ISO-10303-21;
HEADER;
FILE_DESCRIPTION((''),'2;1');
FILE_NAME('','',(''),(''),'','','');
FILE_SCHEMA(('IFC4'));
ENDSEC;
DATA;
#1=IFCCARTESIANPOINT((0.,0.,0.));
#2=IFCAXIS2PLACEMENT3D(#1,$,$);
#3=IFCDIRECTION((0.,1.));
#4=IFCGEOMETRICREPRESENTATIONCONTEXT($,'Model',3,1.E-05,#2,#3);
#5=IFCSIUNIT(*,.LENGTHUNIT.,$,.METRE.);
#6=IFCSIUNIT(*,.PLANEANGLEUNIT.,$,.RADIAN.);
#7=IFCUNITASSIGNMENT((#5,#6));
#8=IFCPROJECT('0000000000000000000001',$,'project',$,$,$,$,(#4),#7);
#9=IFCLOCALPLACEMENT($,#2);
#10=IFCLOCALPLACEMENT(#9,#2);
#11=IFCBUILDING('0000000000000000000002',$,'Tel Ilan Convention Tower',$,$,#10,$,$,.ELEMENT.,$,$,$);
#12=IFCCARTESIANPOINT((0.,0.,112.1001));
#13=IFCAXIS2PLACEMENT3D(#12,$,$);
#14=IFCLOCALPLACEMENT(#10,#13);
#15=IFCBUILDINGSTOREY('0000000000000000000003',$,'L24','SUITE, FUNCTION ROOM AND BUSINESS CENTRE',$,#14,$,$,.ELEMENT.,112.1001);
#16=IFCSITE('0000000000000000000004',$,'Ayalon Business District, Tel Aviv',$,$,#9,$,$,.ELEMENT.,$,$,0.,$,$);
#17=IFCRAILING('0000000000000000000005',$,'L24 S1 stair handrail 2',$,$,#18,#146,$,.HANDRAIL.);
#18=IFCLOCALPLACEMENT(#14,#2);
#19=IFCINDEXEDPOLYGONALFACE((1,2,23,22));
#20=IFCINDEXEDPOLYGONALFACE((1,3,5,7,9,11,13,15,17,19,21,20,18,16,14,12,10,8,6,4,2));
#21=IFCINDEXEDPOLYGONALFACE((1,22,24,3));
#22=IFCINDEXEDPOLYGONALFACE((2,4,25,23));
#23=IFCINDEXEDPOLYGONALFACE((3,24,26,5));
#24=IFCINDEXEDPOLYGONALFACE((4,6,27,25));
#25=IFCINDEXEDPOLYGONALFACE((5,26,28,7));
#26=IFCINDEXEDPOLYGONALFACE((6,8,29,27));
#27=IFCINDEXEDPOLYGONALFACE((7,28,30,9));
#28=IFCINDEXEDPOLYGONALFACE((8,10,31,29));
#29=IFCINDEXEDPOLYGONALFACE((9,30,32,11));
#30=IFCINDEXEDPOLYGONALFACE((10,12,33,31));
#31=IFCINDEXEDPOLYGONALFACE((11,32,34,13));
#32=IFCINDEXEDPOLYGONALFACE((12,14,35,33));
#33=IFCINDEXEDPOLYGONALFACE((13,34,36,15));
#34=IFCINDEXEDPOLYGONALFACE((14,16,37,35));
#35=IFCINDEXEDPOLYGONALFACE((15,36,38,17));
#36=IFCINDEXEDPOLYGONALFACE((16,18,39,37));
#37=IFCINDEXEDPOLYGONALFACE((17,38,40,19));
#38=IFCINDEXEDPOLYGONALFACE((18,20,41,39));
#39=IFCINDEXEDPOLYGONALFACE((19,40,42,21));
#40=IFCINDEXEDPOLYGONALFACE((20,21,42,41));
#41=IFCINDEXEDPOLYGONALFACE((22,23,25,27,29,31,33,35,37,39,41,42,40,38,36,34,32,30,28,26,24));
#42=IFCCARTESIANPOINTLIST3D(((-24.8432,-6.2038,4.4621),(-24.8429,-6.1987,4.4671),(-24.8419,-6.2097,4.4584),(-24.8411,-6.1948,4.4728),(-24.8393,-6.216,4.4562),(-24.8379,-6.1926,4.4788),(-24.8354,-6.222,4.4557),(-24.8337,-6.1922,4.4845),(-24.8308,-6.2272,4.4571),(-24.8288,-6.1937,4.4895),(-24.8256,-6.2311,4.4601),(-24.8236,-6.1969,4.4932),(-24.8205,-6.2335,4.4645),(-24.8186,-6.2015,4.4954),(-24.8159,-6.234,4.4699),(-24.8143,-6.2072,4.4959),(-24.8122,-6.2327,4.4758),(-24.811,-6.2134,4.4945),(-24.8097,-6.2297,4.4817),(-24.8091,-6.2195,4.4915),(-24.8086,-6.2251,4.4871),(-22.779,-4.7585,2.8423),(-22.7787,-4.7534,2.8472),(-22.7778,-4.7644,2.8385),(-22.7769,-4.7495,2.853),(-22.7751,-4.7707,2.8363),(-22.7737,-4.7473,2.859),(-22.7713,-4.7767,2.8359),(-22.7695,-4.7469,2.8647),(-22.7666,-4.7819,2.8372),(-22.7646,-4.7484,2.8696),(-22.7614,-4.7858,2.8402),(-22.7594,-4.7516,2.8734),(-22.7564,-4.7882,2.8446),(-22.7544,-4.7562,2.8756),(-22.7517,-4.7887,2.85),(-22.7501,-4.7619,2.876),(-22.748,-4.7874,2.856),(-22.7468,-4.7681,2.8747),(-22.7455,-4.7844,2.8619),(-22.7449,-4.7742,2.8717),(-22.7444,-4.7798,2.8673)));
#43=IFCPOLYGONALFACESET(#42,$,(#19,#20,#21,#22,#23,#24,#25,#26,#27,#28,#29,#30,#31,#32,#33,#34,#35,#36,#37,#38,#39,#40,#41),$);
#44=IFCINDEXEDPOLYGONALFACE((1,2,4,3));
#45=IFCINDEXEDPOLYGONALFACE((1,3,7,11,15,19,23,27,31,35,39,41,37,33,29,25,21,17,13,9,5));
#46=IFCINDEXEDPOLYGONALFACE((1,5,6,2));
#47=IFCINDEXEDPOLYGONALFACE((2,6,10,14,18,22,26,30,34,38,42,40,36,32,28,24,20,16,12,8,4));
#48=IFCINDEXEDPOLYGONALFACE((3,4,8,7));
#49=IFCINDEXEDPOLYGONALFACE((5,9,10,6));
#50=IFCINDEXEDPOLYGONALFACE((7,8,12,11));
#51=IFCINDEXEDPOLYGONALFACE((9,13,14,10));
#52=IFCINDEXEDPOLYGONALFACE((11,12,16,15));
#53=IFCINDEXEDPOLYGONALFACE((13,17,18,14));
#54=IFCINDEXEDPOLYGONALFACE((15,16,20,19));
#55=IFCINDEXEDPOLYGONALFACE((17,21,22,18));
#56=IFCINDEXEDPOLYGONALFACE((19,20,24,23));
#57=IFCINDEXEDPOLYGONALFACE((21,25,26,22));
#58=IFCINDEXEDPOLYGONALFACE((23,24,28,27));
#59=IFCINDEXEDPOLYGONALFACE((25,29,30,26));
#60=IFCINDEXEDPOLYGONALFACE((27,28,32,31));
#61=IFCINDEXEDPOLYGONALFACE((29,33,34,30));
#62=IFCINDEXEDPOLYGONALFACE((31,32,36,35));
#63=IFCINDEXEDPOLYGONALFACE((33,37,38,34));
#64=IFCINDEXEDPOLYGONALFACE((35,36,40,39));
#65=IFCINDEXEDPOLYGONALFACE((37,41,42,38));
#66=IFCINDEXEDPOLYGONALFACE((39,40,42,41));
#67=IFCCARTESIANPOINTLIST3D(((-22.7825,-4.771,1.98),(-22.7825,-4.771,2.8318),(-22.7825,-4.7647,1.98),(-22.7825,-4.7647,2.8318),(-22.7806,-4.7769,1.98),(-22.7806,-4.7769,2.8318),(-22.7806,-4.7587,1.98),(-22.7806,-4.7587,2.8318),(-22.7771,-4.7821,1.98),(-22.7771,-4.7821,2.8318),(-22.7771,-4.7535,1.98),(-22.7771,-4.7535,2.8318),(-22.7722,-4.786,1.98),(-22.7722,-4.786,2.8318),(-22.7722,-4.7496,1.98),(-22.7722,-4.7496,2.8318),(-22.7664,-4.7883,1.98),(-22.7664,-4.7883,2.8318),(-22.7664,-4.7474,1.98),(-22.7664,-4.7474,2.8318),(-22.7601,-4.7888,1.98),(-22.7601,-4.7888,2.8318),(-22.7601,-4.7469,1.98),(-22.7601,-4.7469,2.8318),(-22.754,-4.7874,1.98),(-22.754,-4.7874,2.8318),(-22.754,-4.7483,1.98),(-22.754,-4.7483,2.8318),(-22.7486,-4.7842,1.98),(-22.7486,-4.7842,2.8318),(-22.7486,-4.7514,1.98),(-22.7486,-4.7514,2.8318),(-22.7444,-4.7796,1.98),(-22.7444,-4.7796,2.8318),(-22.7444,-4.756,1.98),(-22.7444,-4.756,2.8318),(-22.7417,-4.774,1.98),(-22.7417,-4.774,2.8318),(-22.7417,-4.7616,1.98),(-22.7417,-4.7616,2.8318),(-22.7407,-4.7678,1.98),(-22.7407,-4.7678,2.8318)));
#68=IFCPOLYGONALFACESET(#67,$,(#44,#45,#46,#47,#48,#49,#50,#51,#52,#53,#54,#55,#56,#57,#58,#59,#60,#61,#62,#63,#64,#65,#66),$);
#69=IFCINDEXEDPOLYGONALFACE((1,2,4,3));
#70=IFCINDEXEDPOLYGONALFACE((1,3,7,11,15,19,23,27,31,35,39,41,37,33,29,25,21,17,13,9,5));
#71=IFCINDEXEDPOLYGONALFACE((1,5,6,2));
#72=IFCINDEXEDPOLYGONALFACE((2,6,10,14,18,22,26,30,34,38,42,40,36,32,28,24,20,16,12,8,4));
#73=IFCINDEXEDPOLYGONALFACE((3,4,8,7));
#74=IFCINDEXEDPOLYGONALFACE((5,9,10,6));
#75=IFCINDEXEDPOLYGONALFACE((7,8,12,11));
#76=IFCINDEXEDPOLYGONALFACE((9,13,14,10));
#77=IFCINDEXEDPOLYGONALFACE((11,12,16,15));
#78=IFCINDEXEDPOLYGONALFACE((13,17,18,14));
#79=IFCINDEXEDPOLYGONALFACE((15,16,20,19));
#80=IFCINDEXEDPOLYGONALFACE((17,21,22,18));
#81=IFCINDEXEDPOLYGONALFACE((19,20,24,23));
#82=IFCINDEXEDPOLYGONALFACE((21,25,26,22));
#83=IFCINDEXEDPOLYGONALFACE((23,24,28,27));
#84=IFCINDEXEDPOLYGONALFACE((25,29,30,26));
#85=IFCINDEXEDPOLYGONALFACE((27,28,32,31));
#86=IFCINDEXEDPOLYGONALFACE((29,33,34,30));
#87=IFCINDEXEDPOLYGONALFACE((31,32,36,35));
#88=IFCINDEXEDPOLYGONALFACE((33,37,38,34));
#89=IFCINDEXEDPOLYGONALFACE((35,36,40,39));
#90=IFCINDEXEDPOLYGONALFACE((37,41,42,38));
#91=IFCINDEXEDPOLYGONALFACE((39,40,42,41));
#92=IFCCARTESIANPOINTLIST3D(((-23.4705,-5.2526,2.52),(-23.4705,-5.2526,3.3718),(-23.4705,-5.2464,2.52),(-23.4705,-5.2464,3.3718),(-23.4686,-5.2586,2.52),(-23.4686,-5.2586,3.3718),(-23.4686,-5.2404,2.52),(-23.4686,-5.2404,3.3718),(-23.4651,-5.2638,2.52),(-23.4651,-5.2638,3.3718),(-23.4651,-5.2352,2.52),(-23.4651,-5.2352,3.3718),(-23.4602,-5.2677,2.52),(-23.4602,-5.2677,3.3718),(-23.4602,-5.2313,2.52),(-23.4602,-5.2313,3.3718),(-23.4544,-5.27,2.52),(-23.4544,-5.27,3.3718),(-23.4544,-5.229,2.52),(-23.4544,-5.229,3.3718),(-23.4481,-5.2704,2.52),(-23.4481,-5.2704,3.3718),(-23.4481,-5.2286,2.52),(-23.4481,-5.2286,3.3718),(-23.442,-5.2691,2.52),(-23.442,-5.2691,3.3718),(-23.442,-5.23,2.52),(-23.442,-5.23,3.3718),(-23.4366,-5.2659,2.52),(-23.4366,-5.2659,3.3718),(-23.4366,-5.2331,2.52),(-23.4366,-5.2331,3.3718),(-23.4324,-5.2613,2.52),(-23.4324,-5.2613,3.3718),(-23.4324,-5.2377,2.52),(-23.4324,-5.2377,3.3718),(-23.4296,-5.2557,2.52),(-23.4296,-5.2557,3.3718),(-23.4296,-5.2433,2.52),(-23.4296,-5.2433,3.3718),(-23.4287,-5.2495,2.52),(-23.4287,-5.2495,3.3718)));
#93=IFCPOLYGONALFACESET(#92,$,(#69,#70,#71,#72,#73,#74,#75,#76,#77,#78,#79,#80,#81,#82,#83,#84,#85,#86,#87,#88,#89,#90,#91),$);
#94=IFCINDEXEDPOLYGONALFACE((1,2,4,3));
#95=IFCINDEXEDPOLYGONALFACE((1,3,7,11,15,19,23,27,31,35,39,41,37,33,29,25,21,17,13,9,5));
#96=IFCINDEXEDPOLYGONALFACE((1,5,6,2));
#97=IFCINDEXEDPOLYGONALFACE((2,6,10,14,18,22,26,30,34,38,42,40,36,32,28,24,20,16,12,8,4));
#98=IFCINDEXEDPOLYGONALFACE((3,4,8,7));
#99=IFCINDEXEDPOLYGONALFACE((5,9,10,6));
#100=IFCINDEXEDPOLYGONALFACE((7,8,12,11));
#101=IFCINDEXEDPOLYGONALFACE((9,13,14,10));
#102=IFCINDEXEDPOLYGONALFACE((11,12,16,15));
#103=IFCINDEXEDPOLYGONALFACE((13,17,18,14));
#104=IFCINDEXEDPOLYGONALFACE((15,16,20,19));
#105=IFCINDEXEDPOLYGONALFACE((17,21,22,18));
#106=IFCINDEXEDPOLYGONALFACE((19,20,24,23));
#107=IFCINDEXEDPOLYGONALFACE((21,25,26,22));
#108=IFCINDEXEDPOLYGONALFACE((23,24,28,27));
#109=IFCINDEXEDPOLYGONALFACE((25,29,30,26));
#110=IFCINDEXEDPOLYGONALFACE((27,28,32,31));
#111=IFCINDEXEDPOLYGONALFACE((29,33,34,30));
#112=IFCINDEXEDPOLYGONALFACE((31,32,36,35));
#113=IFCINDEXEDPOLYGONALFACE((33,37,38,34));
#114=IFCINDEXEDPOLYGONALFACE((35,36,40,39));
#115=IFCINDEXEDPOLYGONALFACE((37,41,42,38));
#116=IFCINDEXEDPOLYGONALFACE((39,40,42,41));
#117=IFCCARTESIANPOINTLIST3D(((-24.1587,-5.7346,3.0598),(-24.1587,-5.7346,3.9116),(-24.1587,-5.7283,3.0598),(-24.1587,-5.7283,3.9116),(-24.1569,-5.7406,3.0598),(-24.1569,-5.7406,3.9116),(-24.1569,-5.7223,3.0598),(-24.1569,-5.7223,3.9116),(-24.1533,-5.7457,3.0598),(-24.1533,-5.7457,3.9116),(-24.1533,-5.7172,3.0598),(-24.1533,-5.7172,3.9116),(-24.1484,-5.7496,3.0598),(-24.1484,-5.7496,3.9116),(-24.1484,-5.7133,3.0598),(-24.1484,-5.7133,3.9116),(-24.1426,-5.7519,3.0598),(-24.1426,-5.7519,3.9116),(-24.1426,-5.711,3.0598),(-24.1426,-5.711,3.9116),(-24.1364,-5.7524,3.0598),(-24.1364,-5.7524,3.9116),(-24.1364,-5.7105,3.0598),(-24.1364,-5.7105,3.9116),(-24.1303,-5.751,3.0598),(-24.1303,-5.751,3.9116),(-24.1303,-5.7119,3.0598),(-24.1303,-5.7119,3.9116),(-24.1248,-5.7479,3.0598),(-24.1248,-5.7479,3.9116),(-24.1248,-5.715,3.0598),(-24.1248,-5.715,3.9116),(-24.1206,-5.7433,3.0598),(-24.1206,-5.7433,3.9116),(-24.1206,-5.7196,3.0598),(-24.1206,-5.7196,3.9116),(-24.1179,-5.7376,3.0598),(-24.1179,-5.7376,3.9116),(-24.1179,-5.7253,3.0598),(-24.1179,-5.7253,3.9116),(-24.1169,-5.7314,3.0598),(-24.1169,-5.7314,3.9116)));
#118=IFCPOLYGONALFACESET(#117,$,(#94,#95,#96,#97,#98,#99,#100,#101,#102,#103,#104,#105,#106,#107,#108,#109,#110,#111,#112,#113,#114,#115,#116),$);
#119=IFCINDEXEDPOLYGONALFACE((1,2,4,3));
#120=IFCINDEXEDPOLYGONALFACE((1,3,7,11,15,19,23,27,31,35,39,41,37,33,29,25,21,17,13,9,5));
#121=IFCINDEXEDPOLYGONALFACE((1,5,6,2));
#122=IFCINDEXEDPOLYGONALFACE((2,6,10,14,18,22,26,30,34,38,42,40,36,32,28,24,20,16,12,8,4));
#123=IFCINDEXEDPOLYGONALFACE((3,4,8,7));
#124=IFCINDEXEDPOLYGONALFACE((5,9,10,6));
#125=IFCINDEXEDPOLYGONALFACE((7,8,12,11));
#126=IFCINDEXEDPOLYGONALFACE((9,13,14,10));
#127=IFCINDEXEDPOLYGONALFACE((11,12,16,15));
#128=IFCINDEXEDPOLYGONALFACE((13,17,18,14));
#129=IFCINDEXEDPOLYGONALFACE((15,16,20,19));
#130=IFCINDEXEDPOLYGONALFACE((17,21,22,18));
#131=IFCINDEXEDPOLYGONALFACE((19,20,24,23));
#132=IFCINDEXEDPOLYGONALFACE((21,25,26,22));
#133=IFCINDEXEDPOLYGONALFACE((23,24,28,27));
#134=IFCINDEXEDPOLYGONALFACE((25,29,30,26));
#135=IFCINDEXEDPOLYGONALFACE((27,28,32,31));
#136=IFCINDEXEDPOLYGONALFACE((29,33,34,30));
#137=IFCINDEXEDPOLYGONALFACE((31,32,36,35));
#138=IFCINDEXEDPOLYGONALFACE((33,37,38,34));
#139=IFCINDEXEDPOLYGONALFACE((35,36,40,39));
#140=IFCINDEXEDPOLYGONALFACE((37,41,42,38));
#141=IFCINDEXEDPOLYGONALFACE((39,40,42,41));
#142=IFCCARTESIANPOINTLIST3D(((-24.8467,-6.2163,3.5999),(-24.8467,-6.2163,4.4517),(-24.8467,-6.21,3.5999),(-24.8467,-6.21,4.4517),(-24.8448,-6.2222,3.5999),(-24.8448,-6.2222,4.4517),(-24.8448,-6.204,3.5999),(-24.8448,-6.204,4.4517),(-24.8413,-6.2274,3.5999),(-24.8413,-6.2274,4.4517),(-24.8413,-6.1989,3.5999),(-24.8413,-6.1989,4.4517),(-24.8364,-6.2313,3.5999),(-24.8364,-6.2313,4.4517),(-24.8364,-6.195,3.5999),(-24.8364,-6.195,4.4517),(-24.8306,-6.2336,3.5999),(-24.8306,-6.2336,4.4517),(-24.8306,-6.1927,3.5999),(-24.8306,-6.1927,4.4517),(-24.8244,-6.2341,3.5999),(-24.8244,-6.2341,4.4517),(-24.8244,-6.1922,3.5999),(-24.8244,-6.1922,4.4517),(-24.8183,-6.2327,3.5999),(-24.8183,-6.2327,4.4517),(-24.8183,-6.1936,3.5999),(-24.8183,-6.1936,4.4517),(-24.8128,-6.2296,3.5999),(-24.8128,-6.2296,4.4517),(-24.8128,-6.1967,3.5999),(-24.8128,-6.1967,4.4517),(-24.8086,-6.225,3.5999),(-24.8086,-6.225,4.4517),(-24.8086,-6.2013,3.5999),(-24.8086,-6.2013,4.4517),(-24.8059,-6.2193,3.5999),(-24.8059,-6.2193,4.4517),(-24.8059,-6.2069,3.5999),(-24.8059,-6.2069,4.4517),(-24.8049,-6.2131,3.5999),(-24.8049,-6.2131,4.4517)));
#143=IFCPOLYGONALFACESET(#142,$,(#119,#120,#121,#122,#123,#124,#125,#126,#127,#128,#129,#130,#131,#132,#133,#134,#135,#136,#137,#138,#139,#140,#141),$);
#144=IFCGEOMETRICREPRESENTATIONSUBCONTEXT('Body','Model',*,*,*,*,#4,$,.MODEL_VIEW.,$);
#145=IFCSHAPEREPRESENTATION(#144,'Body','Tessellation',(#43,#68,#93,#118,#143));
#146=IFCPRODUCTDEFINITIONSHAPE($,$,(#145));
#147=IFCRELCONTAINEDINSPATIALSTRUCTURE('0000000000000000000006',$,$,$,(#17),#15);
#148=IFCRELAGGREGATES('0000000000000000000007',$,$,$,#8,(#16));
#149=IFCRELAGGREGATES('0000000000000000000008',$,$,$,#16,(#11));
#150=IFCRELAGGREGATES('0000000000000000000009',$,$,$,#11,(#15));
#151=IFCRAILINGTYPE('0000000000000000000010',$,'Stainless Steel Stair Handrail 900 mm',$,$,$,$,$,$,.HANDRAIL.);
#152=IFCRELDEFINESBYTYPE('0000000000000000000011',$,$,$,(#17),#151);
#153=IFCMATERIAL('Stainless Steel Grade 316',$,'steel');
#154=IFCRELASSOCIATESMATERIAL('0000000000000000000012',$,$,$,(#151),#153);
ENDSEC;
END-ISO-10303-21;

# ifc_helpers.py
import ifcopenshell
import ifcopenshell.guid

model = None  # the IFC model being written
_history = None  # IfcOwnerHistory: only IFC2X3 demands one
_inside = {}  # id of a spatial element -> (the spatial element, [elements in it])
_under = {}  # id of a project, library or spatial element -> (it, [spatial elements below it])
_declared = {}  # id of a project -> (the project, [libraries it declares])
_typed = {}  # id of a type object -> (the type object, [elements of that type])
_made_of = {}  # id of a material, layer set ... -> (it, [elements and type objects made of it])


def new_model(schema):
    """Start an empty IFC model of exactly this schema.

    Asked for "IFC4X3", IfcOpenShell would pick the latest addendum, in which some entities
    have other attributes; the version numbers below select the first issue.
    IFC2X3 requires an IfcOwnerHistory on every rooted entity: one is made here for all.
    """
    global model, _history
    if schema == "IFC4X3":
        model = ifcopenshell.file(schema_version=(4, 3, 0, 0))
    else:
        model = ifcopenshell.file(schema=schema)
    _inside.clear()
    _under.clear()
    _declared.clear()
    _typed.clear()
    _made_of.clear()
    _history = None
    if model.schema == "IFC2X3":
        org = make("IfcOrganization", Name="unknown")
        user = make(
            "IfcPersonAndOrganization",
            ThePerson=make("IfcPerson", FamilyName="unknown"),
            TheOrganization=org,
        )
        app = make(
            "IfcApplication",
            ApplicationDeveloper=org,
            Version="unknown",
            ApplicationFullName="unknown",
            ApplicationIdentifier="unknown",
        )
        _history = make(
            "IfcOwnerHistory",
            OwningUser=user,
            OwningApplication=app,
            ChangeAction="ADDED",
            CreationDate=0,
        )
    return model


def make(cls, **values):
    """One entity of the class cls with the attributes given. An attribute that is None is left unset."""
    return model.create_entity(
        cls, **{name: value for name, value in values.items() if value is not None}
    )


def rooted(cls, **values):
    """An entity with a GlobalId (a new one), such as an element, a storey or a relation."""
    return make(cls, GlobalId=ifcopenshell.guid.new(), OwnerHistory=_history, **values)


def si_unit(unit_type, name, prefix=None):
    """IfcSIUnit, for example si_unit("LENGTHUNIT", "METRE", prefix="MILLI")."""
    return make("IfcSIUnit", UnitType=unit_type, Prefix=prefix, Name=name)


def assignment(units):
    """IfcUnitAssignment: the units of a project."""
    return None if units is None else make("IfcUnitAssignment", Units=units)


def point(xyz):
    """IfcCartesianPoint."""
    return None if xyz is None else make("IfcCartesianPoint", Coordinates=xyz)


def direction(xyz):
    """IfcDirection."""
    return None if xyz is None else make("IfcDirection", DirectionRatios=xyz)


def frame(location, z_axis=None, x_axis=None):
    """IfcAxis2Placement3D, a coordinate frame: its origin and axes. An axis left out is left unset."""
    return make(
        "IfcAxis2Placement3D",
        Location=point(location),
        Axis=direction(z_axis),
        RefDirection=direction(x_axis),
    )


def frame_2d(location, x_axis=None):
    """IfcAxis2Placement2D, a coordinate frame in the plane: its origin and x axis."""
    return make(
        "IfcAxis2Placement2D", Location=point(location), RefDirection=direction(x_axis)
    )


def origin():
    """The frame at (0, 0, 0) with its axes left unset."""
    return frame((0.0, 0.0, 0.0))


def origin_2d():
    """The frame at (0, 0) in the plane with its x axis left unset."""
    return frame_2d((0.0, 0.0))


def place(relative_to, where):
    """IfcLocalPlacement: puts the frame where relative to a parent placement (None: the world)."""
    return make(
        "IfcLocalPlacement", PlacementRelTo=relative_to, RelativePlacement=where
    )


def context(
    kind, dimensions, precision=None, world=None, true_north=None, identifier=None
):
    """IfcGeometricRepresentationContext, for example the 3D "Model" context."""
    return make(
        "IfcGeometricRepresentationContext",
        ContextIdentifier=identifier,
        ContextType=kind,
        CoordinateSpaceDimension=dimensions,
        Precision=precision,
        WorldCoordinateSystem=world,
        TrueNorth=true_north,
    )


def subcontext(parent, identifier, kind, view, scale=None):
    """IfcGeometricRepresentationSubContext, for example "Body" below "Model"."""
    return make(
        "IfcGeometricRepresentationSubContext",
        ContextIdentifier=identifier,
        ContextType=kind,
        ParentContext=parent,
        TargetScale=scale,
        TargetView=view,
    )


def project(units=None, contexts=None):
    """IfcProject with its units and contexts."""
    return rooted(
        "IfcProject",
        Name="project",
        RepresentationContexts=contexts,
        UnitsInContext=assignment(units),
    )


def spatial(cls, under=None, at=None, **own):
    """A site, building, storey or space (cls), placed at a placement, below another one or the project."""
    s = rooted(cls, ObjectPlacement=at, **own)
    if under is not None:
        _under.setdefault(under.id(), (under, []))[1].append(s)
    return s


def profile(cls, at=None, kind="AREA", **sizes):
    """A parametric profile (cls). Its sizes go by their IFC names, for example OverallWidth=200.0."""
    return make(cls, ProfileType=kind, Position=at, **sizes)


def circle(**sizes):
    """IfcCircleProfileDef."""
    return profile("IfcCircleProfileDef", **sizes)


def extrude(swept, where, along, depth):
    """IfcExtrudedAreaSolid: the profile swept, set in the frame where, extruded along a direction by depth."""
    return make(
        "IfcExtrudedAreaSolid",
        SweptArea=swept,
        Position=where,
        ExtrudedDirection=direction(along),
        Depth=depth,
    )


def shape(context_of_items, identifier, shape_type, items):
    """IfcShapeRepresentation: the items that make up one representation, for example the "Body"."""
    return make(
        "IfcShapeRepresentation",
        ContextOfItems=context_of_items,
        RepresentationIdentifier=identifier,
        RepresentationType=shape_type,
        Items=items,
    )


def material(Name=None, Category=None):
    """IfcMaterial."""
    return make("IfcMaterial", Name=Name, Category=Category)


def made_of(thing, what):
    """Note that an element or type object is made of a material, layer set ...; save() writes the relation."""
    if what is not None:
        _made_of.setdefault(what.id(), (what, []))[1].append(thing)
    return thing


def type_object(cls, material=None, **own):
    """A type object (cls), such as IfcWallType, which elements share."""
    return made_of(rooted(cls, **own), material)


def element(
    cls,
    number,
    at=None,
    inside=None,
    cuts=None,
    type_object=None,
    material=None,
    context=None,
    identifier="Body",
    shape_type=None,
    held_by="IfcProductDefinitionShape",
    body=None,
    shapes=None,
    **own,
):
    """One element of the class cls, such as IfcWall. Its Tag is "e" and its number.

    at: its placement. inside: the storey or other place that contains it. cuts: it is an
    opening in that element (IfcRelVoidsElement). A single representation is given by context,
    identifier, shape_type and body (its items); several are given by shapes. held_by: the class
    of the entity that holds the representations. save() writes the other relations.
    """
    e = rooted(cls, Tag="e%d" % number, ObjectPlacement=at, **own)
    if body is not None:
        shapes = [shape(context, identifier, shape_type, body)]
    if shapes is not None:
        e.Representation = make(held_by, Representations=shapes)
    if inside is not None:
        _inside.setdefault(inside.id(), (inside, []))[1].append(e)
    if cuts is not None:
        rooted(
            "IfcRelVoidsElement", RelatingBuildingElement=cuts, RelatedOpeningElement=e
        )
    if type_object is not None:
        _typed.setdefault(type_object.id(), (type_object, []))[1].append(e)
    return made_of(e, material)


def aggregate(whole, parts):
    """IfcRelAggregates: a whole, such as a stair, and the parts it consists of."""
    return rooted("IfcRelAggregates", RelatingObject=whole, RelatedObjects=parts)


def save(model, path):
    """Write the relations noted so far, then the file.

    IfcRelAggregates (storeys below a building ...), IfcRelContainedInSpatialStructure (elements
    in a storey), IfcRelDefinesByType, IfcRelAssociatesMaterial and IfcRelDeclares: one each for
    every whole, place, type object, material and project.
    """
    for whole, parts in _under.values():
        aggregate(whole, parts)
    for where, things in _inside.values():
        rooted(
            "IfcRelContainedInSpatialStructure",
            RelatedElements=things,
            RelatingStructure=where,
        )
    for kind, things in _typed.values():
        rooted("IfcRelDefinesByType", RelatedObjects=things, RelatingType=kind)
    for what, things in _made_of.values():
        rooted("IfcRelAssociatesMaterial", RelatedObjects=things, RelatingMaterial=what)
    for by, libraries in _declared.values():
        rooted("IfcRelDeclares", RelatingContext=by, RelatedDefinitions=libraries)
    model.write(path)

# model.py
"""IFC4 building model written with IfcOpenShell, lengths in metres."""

from ifc_helpers import new_model, si_unit, direction, frame, origin, origin_2d, place, context, subcontext, project, spatial, circle, extrude, material, type_object, element, save


model = new_model("IFC4")

# Units and contexts
model_context = context("Model", 3, precision=1e-05, world=origin(), true_north=direction((0.0, 1.0)))
body_context = subcontext(model_context, "Body", "Model", "MODEL_VIEW")
ifc_project = project(units=[si_unit("LENGTHUNIT", "METRE"), si_unit("PLANEANGLEUNIT", "RADIAN")], contexts=[model_context])

# Site, building, storey
site_placement = place(None, origin())
site = spatial("IfcSite", under=ifc_project, at=site_placement, Name="Ayalon Business District, Tel Aviv", CompositionType="ELEMENT", RefElevation=0.0)
building_placement = place(site_placement, origin())
building = spatial("IfcBuilding", under=site, at=building_placement, Name="Tel Ilan Convention Tower", CompositionType="ELEMENT")
storey_placement = place(building_placement, frame((0.0, 0.0, 112.1001)))
storey = spatial("IfcBuildingStorey", under=building, at=storey_placement, Name="L24", Description="SUITE, FUNCTION ROOM AND BUSINESS CENTRE", CompositionType="ELEMENT", Elevation=112.1001)

# Railing
ifc_material_1 = material(Name="Stainless Steel Grade 316", Category="steel")
railing_type_1 = type_object("IfcRailingType", Name="Stainless Steel Stair Handrail 900 mm", PredefinedType="HANDRAIL", material=ifc_material_1)
railing_1_placement = place(storey_placement, frame((-22.7617, -4.7678, 1.98)))
element("IfcRailing", 1, at=railing_1_placement, inside=storey, type_object=railing_type_1, Name="L24 S1 stair handrail 2", PredefinedType="HANDRAIL", context=body_context, shape_type="SweptSolid", body=[
    extrude(circle(Radius=0.0239, at=origin_2d()), frame((0.0, 0.0, 0.876), z_axis=(-0.68907, -0.482472, 0.540743), x_axis=(0.57356, -0.819164, 0.0)), (0.0, 0.0, 1.0), 2.9956),
    extrude(circle(Radius=0.021, at=origin_2d()), origin(), (0.0, 0.0, 1.0), 0.8518),
    extrude(circle(Radius=0.021, at=origin_2d()), frame((-0.688, -0.4817, 0.54)), (0.0, 0.0, 1.0), 0.8518),
    extrude(circle(Radius=0.021, at=origin_2d()), frame((-1.3762, -0.9636, 1.0798)), (0.0, 0.0, 1.0), 0.8518),
    extrude(circle(Radius=0.021, at=origin_2d()), frame((-2.0642, -1.4453, 1.6199)), (0.0, 0.0, 1.0), 0.8518),
])

save(model, "model.ifc")
